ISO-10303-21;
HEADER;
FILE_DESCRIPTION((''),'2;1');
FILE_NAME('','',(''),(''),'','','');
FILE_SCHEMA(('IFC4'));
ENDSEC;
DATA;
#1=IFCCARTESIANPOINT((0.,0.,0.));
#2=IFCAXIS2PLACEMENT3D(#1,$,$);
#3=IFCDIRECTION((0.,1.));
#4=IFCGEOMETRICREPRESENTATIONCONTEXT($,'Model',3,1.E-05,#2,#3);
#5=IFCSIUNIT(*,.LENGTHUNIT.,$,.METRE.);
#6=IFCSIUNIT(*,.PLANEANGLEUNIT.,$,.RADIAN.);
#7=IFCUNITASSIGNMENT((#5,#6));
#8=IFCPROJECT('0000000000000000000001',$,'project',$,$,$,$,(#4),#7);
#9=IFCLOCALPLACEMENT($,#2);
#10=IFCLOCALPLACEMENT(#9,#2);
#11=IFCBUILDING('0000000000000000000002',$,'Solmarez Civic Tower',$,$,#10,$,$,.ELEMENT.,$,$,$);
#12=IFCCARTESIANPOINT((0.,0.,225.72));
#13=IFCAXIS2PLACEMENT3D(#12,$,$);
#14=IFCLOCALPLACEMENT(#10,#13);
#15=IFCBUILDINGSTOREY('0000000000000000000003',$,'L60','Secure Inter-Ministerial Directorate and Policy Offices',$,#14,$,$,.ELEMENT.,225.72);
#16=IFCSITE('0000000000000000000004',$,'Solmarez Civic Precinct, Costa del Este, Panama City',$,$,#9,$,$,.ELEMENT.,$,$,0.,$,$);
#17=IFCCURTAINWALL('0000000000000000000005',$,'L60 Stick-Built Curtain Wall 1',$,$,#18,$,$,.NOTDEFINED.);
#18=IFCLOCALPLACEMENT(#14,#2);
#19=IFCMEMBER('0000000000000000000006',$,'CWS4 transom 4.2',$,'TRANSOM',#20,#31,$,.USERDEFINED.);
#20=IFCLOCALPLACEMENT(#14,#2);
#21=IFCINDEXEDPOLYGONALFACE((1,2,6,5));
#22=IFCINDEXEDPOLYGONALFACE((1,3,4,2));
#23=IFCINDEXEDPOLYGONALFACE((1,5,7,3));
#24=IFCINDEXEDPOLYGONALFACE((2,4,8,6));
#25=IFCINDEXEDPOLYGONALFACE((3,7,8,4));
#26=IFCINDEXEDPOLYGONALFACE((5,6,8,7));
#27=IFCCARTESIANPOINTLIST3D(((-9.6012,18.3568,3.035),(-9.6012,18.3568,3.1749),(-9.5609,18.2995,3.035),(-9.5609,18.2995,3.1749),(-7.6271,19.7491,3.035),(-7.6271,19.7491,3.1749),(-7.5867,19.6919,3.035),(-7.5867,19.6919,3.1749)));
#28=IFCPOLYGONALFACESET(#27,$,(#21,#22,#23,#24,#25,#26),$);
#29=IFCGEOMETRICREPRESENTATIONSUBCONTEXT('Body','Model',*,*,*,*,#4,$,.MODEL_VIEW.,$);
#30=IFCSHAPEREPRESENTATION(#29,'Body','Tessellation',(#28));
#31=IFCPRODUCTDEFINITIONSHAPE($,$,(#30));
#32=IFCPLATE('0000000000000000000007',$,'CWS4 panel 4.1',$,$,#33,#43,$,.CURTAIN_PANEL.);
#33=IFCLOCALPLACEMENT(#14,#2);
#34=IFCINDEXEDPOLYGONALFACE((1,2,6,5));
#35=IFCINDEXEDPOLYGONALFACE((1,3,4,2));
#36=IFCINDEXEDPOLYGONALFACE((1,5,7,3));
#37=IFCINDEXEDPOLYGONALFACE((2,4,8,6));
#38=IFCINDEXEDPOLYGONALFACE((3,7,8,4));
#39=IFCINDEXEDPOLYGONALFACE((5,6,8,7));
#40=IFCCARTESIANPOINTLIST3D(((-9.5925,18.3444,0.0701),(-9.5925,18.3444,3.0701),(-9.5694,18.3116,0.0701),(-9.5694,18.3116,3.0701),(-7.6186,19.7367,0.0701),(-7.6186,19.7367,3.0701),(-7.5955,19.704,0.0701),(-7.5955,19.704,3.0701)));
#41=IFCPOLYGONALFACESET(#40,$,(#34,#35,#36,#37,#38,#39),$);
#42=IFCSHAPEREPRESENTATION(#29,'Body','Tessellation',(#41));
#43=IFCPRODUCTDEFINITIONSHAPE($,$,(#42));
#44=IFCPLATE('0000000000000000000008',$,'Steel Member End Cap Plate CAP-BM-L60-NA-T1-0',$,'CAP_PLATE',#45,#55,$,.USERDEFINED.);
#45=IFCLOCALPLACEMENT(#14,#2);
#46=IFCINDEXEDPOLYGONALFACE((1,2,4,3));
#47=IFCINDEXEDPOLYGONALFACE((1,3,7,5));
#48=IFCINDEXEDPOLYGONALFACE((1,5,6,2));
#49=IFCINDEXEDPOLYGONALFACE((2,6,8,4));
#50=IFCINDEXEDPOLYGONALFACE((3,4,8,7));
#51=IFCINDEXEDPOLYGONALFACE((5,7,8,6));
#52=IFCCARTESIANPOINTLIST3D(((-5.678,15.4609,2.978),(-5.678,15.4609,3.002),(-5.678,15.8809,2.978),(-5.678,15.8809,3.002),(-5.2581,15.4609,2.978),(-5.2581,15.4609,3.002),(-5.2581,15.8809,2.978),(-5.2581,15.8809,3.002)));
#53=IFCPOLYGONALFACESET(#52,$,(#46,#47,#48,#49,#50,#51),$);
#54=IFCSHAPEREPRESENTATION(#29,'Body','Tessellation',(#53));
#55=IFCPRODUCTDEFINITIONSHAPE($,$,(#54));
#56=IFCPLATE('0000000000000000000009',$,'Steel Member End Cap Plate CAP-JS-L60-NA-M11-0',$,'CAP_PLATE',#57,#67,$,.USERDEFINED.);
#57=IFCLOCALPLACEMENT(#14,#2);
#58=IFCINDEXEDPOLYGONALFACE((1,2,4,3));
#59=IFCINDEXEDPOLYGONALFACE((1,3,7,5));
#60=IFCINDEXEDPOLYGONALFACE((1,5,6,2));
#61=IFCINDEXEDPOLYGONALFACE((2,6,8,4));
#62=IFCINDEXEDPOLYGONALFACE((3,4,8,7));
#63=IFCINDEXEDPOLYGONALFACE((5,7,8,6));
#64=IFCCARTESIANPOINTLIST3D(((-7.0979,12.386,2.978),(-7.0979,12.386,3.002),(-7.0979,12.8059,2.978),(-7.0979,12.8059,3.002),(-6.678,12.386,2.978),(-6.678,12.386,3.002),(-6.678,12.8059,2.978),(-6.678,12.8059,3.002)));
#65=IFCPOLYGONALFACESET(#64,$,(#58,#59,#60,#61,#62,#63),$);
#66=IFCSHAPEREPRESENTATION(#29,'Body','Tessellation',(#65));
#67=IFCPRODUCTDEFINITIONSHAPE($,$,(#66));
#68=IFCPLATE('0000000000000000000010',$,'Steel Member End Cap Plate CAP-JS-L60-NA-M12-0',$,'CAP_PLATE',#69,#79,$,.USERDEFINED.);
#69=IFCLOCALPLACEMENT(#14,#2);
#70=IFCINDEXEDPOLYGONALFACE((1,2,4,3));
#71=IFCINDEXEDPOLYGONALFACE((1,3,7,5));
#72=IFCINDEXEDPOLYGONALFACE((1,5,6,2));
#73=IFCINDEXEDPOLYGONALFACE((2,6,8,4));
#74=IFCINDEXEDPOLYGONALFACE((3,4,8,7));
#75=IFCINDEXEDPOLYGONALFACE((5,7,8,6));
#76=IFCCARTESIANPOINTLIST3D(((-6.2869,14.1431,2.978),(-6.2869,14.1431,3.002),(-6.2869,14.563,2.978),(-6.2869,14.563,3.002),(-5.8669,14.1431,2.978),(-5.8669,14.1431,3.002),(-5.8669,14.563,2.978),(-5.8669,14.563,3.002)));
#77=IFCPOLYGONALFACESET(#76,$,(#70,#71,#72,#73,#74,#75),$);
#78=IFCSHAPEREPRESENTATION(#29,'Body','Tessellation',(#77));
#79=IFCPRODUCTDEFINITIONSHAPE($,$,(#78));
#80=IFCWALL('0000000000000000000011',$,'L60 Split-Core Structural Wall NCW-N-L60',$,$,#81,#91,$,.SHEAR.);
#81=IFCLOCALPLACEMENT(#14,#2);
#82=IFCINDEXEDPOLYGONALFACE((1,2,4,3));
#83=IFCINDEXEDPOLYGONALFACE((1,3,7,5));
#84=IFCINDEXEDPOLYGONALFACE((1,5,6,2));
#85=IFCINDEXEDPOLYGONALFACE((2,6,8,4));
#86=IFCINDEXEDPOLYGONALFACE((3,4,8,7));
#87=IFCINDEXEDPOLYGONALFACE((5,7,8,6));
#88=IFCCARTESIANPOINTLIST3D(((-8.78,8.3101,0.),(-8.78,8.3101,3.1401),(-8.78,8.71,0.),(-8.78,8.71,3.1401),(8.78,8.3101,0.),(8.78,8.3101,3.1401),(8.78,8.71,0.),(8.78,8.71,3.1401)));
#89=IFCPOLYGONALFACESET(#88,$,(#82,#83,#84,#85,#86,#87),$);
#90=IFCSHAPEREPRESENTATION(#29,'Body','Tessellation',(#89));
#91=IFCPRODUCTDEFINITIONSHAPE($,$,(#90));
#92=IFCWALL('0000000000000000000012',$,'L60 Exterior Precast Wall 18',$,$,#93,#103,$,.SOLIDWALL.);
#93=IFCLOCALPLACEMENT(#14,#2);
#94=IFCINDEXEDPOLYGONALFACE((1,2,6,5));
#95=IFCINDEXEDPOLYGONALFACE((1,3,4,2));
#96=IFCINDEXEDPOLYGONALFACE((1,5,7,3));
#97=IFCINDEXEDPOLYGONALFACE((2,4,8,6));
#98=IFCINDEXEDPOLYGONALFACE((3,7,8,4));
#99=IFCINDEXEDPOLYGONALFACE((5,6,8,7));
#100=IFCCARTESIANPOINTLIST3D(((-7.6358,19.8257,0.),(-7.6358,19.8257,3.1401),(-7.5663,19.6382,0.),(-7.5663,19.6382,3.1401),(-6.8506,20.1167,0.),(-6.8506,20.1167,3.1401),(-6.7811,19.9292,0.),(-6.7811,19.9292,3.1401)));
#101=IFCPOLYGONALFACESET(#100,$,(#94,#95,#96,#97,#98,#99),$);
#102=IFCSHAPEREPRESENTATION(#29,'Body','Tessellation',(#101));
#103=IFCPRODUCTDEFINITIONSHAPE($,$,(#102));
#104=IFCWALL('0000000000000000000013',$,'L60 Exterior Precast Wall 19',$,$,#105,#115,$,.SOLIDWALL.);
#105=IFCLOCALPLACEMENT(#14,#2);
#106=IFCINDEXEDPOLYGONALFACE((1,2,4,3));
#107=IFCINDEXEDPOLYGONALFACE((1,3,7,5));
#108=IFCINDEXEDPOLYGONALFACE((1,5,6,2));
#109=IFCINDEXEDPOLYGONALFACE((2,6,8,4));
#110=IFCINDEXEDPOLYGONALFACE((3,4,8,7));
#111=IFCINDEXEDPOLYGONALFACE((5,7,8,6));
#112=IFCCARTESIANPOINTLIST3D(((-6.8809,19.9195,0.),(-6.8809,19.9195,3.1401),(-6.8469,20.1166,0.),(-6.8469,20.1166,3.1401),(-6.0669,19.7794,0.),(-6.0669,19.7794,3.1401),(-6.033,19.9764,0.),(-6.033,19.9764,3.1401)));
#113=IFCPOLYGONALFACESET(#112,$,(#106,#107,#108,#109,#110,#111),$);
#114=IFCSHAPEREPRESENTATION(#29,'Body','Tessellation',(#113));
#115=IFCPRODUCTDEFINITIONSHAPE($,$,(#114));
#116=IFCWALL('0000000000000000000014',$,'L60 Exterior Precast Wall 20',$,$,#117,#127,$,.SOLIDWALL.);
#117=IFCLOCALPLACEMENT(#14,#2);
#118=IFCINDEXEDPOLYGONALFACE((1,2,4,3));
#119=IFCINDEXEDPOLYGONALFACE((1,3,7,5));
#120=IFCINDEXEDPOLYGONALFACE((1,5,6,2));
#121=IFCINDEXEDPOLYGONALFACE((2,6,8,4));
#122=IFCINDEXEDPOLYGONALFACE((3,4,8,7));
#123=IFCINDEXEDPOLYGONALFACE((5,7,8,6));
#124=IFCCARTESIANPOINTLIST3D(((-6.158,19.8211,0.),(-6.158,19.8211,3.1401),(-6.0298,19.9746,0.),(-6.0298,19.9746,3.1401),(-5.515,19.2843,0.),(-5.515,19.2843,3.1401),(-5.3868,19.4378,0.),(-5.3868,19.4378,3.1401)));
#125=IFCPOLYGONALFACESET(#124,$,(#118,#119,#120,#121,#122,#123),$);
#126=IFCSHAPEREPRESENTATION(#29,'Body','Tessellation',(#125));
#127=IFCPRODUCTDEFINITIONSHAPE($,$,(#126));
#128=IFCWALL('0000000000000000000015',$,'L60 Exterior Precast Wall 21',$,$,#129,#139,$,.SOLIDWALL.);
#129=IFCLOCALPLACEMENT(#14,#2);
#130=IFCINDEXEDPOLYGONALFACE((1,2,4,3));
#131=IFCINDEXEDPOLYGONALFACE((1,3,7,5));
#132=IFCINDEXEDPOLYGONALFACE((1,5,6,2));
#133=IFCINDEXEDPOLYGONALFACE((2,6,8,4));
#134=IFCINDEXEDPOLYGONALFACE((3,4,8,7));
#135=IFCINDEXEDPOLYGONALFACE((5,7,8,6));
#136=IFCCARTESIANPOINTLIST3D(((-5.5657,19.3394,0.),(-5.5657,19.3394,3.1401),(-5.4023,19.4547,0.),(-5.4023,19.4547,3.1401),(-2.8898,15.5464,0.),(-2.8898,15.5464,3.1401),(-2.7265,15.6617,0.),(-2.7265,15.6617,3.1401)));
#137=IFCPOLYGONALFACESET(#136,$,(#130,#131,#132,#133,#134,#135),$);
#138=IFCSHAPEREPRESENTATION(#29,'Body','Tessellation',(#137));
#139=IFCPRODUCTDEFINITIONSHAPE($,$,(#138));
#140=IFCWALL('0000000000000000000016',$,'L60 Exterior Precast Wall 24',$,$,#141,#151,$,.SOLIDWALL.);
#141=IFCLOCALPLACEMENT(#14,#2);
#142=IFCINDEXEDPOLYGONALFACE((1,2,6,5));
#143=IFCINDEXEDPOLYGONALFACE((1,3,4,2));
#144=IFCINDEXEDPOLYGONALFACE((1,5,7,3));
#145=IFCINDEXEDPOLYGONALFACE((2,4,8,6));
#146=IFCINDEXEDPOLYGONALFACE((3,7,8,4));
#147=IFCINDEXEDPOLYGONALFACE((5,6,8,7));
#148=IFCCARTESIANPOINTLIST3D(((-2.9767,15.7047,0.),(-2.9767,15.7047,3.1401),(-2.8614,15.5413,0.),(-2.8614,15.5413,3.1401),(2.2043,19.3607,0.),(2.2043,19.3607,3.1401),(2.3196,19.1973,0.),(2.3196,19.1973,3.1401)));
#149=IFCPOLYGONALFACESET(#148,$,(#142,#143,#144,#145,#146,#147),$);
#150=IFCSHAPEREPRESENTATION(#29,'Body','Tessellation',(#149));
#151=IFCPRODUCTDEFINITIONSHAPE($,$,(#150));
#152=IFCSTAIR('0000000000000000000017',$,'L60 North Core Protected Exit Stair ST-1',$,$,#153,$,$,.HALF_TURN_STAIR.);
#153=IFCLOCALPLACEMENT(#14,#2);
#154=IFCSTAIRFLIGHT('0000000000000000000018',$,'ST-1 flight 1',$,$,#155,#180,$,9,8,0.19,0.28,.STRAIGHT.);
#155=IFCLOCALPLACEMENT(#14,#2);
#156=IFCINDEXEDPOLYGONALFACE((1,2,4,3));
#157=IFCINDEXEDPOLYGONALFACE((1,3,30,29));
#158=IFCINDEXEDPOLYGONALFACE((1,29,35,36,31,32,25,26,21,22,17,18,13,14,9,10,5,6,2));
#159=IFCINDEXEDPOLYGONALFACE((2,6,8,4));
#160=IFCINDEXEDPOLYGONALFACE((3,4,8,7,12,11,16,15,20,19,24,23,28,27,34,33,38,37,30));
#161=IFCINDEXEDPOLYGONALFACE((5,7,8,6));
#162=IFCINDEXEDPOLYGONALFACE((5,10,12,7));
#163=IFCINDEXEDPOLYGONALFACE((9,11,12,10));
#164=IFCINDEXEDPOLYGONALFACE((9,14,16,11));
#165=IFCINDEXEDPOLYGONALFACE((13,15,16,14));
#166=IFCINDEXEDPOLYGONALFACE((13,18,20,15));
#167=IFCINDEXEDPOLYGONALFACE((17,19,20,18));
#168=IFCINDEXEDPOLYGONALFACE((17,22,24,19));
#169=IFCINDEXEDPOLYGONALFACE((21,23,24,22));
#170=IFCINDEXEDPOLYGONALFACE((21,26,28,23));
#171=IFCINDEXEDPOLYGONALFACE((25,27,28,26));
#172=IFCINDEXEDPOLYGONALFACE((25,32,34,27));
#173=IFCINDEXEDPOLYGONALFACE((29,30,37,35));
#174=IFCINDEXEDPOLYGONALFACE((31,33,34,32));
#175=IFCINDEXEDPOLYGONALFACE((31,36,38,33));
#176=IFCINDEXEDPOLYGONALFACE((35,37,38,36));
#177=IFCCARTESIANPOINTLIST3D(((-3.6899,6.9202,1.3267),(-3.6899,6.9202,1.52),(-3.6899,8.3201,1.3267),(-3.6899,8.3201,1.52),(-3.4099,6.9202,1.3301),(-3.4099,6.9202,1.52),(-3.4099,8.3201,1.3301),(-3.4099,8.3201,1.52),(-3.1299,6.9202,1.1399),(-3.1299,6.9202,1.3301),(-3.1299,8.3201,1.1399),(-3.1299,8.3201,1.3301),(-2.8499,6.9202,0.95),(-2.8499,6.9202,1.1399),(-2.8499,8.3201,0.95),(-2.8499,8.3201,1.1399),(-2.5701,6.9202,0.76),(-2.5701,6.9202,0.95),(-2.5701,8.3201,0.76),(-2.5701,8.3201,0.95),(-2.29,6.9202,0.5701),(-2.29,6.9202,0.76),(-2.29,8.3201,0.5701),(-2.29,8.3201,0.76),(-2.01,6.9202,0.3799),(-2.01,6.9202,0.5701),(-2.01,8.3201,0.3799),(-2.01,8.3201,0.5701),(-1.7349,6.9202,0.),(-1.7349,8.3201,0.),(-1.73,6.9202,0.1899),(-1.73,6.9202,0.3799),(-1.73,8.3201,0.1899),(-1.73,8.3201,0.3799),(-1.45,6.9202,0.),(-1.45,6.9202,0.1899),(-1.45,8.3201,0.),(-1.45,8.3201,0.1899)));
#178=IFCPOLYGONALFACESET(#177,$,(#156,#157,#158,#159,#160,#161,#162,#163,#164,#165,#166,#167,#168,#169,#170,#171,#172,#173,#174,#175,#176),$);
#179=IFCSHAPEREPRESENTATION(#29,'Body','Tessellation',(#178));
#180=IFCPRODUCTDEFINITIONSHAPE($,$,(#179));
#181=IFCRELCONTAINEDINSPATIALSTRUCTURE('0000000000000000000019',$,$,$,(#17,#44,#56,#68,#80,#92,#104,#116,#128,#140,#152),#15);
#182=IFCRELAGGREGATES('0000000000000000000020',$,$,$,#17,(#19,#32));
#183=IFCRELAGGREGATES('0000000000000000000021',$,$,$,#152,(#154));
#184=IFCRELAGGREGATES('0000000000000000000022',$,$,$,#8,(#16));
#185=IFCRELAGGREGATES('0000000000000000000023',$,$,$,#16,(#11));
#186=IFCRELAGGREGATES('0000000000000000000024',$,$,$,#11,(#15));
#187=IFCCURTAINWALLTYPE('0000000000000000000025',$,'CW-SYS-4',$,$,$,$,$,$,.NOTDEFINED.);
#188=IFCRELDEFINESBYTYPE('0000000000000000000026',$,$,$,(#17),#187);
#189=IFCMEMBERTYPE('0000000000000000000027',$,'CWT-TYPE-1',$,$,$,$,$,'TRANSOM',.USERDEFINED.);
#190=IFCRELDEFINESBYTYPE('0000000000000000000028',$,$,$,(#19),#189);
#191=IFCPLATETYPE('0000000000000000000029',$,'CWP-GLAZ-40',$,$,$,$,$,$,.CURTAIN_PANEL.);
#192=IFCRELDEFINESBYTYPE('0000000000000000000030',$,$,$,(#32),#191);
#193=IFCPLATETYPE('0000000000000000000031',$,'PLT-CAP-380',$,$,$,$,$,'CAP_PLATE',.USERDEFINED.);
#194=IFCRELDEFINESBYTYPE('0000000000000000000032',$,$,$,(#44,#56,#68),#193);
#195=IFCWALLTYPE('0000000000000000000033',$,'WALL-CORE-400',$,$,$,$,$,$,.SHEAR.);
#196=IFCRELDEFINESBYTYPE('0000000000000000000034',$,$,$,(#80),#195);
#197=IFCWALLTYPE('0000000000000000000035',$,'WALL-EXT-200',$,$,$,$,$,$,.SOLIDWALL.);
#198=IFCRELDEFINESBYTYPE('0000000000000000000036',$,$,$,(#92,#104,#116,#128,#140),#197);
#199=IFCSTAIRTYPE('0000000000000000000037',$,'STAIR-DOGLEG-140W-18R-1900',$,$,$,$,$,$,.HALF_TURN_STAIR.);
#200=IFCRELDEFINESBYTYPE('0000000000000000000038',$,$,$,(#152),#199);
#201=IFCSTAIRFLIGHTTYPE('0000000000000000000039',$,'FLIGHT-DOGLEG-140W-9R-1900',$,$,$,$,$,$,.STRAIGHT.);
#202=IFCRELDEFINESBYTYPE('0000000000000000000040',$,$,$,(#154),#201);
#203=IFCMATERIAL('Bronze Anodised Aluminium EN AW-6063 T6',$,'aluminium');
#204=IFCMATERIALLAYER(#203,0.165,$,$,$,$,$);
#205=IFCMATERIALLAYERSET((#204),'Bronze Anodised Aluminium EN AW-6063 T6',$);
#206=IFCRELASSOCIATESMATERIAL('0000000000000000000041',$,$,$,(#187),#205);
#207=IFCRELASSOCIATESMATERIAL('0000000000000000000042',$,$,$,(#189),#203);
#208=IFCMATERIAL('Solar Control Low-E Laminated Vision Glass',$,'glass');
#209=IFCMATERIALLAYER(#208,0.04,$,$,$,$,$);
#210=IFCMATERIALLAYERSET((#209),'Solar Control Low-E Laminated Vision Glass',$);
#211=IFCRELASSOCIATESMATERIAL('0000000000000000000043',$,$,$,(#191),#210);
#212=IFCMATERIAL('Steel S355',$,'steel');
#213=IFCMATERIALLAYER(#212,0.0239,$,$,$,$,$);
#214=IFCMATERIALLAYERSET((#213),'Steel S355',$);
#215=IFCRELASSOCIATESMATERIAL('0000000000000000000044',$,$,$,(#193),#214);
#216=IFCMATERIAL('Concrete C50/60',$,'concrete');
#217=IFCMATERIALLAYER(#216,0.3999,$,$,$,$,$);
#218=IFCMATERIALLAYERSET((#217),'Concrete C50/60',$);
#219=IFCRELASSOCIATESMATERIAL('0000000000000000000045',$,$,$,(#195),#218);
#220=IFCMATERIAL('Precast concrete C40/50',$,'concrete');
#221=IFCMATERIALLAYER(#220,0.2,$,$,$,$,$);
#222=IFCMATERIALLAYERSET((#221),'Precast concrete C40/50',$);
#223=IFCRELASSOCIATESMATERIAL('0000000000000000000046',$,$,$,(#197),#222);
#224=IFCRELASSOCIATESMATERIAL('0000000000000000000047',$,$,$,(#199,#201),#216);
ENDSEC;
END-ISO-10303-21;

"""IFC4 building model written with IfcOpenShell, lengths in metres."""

from ifc_helpers import new_model, si_unit, direction, frame, frame_2d, origin, origin_2d, place, context, subcontext, project, spatial, polyline, rectangle, outline, extrude, material, layer, layer_set, material_profile, profile_set, type_object, element, aggregate, save


model = new_model("IFC4")

# Units and contexts
model_context = context("Model", 3, precision=1e-05, world=origin(), true_north=direction((0.0, 1.0)))
body_context = subcontext(model_context, "Body", "Model", "MODEL_VIEW")
ifc_project = project(units=[si_unit("LENGTHUNIT", "METRE"), si_unit("PLANEANGLEUNIT", "RADIAN")], contexts=[model_context])

# Site, building, storey
site_placement = place(None, origin())
site = spatial("IfcSite", under=ifc_project, at=site_placement, Name="Solmarez Civic Precinct, Costa del Este, Panama City", CompositionType="ELEMENT", RefElevation=0.0)
building_placement = place(site_placement, origin())
building = spatial("IfcBuilding", under=site, at=building_placement, Name="Solmarez Civic Tower", CompositionType="ELEMENT")
storey_placement = place(building_placement, frame((0.0, 0.0, 225.72)))
storey = spatial("IfcBuildingStorey", under=building, at=storey_placement, Name="L60", Description="Secure Inter-Ministerial Directorate and Policy Offices", CompositionType="ELEMENT", Elevation=225.72)

# Shared definitions
ifc_material_1 = material(Name="Concrete C50/60", Category="concrete")
ifc_material_2 = material(Name="Steel S355", Category="steel")

# Curtain wall, member, plate
ifc_material_3 = material(Name="Bronze Anodised Aluminium EN AW-6063 T6", Category="aluminium")
ifc_layer_1 = layer(ifc_material_3, 0.165)
ifc_layer_set_1 = layer_set([ifc_layer_1], Name="Bronze Anodised Aluminium EN AW-6063 T6")
curtain_wall_type = type_object("IfcCurtainWallType", Name="CW-SYS-4", PredefinedType="NOTDEFINED", material=ifc_layer_set_1)
curtain_wall_placement = place(storey_placement, origin())
curtain_wall = element("IfcCurtainWall", 1, at=curtain_wall_placement, inside=storey, type_object=curtain_wall_type, Name="L60 Stick-Built Curtain Wall 1", PredefinedType="NOTDEFINED")
ifc_material_profile_1 = material_profile(ifc_material_3, rectangle(XDim=0.0701, YDim=0.1399, at=origin_2d()), Name="CWT-70X140")
ifc_profile_set_1 = profile_set([ifc_material_profile_1], Name="Bronze Anodised Aluminium EN AW-6063 T6")
member_type_1 = type_object("IfcMemberType", Name="CWT-TYPE-1", ElementType="TRANSOM", PredefinedType="USERDEFINED", material=ifc_profile_set_1)
member_1_placement = place(storey_placement, frame((-9.5811, 18.3281, 3.105), z_axis=(0.817195, 0.576362, 0.0), x_axis=(-0.576362, 0.817195, 0.0)))
member_1 = element("IfcMember", 2, at=member_1_placement, type_object=member_type_1, Name="CWS4 transom 4.2", ObjectType="TRANSOM", PredefinedType="USERDEFINED", context=body_context, shape_type="SweptSolid", body=[
    extrude(rectangle(XDim=0.0701, YDim=0.1399, at=origin_2d()), origin(), (0.0, 0.0, 1.0), 2.4158),
])
ifc_material_4 = material(Name="Solar Control Low-E Laminated Vision Glass", Category="glass")
ifc_layer_2 = layer(ifc_material_4, 0.04)
ifc_layer_set_2 = layer_set([ifc_layer_2], Name="Solar Control Low-E Laminated Vision Glass")
plate_type_1 = type_object("IfcPlateType", Name="CWP-GLAZ-40", PredefinedType="CURTAIN_PANEL", material=ifc_layer_set_2)
plate_placement = place(storey_placement, frame((-8.594, 19.0242, 0.0701), z_axis=(0.0, 0.0, 1.0), x_axis=(0.817164, 0.576405, 0.0)))
plate = element("IfcPlate", 3, at=plate_placement, type_object=plate_type_1, Name="CWS4 panel 4.1", PredefinedType="CURTAIN_PANEL", context=body_context, shape_type="SweptSolid", body=[
    extrude(rectangle(XDim=2.4155, YDim=0.04, at=origin_2d()), origin(), (0.0, 0.0, 1.0), 3.0),
])
aggregate(curtain_wall, [member_1, plate])

# Plates
ifc_layer_3 = layer(ifc_material_2, 0.0239)
ifc_layer_set_3 = layer_set([ifc_layer_3], Name="Steel S355")
plate_type_2 = type_object("IfcPlateType", Name="PLT-CAP-380", ElementType="CAP_PLATE", PredefinedType="USERDEFINED", material=ifc_layer_set_3)
for number, where, z_axis, x_axis, name in (
    (4, (-5.468, 15.6709, 2.978), (0.0, 0.0, 1.0), (1.0, 0.0, 0.0), "Steel Member End Cap Plate CAP-BM-L60-NA-T1-0"),
    (5, (-6.8879, 12.5959, 2.978), (0.0, 0.0, 1.0), (1.0, 0.0, 0.0), "Steel Member End Cap Plate CAP-JS-L60-NA-M11-0"),
    (6, (-6.0769, 14.353, 2.978), (0.0, 0.0, 1.0), (1.0, 0.0, 0.0), "Steel Member End Cap Plate CAP-JS-L60-NA-M12-0"),
):
    element("IfcPlate", number, at=place(storey_placement, frame(where, z_axis=z_axis, x_axis=x_axis)), inside=storey, type_object=plate_type_2, Name=name, ObjectType="CAP_PLATE", PredefinedType="USERDEFINED", context=body_context, shape_type="SweptSolid", body=[
        extrude(rectangle(XDim=0.4199, YDim=0.4199, at=origin_2d()), origin(), (0.0, 0.0, 1.0), 0.0239),
    ])

# Walls
ifc_layer_4 = layer(ifc_material_1, 0.3999)
ifc_layer_set_4 = layer_set([ifc_layer_4], Name="Concrete C50/60")
wall_type_1 = type_object("IfcWallType", Name="WALL-CORE-400", PredefinedType="SHEAR", material=ifc_layer_set_4)
wall_1_placement = place(storey_placement, frame((-8.78, 8.51, 0.0), z_axis=(0.0, 0.0, 1.0), x_axis=(1.0, 0.0, 0.0)))
element("IfcWall", 7, at=wall_1_placement, inside=storey, type_object=wall_type_1, Name="L60 Split-Core Structural Wall NCW-N-L60", PredefinedType="SHEAR", context=body_context, shape_type="SweptSolid", body=[
    extrude(rectangle(XDim=17.5601, YDim=0.3999, at=frame_2d((8.78, 0.0))), origin(), (0.0, 0.0, 1.0), 3.1401),
])
ifc_material_5 = material(Name="Precast concrete C40/50", Category="concrete")
ifc_layer_5 = layer(ifc_material_5, 0.2)
ifc_layer_set_5 = layer_set([ifc_layer_5], Name="Precast concrete C40/50")
wall_type_2 = type_object("IfcWallType", Name="WALL-EXT-200", PredefinedType="SOLIDWALL", material=ifc_layer_set_5)
wall_2_placement = place(storey_placement, frame((-7.6011, 19.7319, 0.0), z_axis=(0.0, 0.0, 1.0), x_axis=(0.937664, 0.347542, 0.0)))
element("IfcWall", 8, at=wall_2_placement, inside=storey, type_object=wall_type_2, Name="L60 Exterior Precast Wall 18", PredefinedType="SOLIDWALL", context=body_context, shape_type="SweptSolid", body=[
    extrude(rectangle(XDim=0.8374, YDim=0.2, at=frame_2d((0.4187, 0.0))), origin(), (0.0, 0.0, 1.0), 3.1401),
])
wall_3_placement = place(storey_placement, frame((-6.864, 20.0181, 0.0), z_axis=(0.0, 0.0, 1.0), x_axis=(0.985501, -0.169669, 0.0)))
element("IfcWall", 9, at=wall_3_placement, inside=storey, type_object=wall_type_2, Name="L60 Exterior Precast Wall 19", PredefinedType="SOLIDWALL", context=body_context, shape_type="SweptSolid", body=[
    extrude(rectangle(XDim=0.8259, YDim=0.2, at=frame_2d((0.4131, 0.0))), origin(), (0.0, 0.0, 1.0), 3.1401),
])
wall_4_placement = place(storey_placement, frame((-6.094, 19.8979, 0.0), z_axis=(0.0, 0.0, 1.0), x_axis=(0.767648, -0.640872, 0.0)))
element("IfcWall", 10, at=wall_4_placement, inside=storey, type_object=wall_type_2, Name="L60 Exterior Precast Wall 20", PredefinedType="SOLIDWALL", context=body_context, shape_type="SweptSolid", body=[
    extrude(rectangle(XDim=0.8376, YDim=0.2, at=frame_2d((0.4189, 0.0))), origin(), (0.0, 0.0, 1.0), 3.1401),
])
wall_5_placement = place(storey_placement, frame((-5.4839, 19.397, 0.0), z_axis=(0.0, 0.0, 1.0), x_axis=(0.576452, -0.817131, 0.0)))
element("IfcWall", 11, at=wall_5_placement, inside=storey, type_object=wall_type_2, Name="L60 Exterior Precast Wall 21", PredefinedType="SOLIDWALL", context=body_context, shape_type="SweptSolid", body=[
    extrude(rectangle(XDim=4.6418, YDim=0.2, at=frame_2d((2.3208, 0.0))), origin(), (0.0, 0.0, 1.0), 3.1401),
])
wall_6_placement = place(storey_placement, frame((-2.9189, 15.623, 0.0), z_axis=(0.0, 0.0, 1.0), x_axis=(0.81705, 0.576567, 0.0)))
element("IfcWall", 12, at=wall_6_placement, inside=storey, type_object=wall_type_2, Name="L60 Exterior Precast Wall 24", PredefinedType="SOLIDWALL", context=body_context, shape_type="SweptSolid", body=[
    extrude(rectangle(XDim=6.3411, YDim=0.2, at=frame_2d((3.1704, 0.0))), origin(), (0.0, 0.0, 1.0), 3.1401),
])

# Stair, stair flight
stair_type = type_object("IfcStairType", Name="STAIR-DOGLEG-140W-18R-1900", PredefinedType="HALF_TURN_STAIR", material=ifc_material_1)
stair_placement = place(storey_placement, origin())
stair = element("IfcStair", 13, at=stair_placement, inside=storey, type_object=stair_type, Name="L60 North Core Protected Exit Stair ST-1", PredefinedType="HALF_TURN_STAIR")
stair_flight_type = type_object("IfcStairFlightType", Name="FLIGHT-DOGLEG-140W-9R-1900", PredefinedType="STRAIGHT", material=ifc_material_1)
stair_flight_1_placement = place(storey_placement, frame((-1.45, 7.6201, 0.0), z_axis=(0.0, 0.0, 1.0), x_axis=(-1.0, 0.0, 0.0)))
stair_flight_1 = element("IfcStairFlight", 14, at=stair_flight_1_placement, type_object=stair_flight_type, Name="ST-1 flight 1", NumberOfRisers=9, NumberOfTreads=8, PredefinedType="STRAIGHT", RiserHeight=0.19, TreadLength=0.28, context=body_context, shape_type="SweptSolid", body=[
    extrude(outline(polyline([(0.0, 0.0), (0.0, 0.1899), (0.28, 0.1899), (0.28, 0.3799), (0.5601, 0.3799), (0.5601, 0.5701), (0.8401, 0.5701), (0.8401, 0.76), (1.1201, 0.76), (1.1201, 0.95), (1.3999, 0.95), (1.3999, 1.1399), (1.6799, 1.1399), (1.6799, 1.3301), (1.96, 1.3301), (1.96, 1.52), (2.24, 1.52), (2.24, 1.71), (2.24, 1.3267), (0.2849, 0.0), (0.0, 0.0)])), frame((0.0, 0.7, 0.0), z_axis=(0.0, -1.0, 0.0), x_axis=(1.0, 0.0, 0.0)), (0.0, 0.0, 1.0), 1.3999),
])
aggregate(stair, [stair_flight_1])

save(model, "model.ifc")
